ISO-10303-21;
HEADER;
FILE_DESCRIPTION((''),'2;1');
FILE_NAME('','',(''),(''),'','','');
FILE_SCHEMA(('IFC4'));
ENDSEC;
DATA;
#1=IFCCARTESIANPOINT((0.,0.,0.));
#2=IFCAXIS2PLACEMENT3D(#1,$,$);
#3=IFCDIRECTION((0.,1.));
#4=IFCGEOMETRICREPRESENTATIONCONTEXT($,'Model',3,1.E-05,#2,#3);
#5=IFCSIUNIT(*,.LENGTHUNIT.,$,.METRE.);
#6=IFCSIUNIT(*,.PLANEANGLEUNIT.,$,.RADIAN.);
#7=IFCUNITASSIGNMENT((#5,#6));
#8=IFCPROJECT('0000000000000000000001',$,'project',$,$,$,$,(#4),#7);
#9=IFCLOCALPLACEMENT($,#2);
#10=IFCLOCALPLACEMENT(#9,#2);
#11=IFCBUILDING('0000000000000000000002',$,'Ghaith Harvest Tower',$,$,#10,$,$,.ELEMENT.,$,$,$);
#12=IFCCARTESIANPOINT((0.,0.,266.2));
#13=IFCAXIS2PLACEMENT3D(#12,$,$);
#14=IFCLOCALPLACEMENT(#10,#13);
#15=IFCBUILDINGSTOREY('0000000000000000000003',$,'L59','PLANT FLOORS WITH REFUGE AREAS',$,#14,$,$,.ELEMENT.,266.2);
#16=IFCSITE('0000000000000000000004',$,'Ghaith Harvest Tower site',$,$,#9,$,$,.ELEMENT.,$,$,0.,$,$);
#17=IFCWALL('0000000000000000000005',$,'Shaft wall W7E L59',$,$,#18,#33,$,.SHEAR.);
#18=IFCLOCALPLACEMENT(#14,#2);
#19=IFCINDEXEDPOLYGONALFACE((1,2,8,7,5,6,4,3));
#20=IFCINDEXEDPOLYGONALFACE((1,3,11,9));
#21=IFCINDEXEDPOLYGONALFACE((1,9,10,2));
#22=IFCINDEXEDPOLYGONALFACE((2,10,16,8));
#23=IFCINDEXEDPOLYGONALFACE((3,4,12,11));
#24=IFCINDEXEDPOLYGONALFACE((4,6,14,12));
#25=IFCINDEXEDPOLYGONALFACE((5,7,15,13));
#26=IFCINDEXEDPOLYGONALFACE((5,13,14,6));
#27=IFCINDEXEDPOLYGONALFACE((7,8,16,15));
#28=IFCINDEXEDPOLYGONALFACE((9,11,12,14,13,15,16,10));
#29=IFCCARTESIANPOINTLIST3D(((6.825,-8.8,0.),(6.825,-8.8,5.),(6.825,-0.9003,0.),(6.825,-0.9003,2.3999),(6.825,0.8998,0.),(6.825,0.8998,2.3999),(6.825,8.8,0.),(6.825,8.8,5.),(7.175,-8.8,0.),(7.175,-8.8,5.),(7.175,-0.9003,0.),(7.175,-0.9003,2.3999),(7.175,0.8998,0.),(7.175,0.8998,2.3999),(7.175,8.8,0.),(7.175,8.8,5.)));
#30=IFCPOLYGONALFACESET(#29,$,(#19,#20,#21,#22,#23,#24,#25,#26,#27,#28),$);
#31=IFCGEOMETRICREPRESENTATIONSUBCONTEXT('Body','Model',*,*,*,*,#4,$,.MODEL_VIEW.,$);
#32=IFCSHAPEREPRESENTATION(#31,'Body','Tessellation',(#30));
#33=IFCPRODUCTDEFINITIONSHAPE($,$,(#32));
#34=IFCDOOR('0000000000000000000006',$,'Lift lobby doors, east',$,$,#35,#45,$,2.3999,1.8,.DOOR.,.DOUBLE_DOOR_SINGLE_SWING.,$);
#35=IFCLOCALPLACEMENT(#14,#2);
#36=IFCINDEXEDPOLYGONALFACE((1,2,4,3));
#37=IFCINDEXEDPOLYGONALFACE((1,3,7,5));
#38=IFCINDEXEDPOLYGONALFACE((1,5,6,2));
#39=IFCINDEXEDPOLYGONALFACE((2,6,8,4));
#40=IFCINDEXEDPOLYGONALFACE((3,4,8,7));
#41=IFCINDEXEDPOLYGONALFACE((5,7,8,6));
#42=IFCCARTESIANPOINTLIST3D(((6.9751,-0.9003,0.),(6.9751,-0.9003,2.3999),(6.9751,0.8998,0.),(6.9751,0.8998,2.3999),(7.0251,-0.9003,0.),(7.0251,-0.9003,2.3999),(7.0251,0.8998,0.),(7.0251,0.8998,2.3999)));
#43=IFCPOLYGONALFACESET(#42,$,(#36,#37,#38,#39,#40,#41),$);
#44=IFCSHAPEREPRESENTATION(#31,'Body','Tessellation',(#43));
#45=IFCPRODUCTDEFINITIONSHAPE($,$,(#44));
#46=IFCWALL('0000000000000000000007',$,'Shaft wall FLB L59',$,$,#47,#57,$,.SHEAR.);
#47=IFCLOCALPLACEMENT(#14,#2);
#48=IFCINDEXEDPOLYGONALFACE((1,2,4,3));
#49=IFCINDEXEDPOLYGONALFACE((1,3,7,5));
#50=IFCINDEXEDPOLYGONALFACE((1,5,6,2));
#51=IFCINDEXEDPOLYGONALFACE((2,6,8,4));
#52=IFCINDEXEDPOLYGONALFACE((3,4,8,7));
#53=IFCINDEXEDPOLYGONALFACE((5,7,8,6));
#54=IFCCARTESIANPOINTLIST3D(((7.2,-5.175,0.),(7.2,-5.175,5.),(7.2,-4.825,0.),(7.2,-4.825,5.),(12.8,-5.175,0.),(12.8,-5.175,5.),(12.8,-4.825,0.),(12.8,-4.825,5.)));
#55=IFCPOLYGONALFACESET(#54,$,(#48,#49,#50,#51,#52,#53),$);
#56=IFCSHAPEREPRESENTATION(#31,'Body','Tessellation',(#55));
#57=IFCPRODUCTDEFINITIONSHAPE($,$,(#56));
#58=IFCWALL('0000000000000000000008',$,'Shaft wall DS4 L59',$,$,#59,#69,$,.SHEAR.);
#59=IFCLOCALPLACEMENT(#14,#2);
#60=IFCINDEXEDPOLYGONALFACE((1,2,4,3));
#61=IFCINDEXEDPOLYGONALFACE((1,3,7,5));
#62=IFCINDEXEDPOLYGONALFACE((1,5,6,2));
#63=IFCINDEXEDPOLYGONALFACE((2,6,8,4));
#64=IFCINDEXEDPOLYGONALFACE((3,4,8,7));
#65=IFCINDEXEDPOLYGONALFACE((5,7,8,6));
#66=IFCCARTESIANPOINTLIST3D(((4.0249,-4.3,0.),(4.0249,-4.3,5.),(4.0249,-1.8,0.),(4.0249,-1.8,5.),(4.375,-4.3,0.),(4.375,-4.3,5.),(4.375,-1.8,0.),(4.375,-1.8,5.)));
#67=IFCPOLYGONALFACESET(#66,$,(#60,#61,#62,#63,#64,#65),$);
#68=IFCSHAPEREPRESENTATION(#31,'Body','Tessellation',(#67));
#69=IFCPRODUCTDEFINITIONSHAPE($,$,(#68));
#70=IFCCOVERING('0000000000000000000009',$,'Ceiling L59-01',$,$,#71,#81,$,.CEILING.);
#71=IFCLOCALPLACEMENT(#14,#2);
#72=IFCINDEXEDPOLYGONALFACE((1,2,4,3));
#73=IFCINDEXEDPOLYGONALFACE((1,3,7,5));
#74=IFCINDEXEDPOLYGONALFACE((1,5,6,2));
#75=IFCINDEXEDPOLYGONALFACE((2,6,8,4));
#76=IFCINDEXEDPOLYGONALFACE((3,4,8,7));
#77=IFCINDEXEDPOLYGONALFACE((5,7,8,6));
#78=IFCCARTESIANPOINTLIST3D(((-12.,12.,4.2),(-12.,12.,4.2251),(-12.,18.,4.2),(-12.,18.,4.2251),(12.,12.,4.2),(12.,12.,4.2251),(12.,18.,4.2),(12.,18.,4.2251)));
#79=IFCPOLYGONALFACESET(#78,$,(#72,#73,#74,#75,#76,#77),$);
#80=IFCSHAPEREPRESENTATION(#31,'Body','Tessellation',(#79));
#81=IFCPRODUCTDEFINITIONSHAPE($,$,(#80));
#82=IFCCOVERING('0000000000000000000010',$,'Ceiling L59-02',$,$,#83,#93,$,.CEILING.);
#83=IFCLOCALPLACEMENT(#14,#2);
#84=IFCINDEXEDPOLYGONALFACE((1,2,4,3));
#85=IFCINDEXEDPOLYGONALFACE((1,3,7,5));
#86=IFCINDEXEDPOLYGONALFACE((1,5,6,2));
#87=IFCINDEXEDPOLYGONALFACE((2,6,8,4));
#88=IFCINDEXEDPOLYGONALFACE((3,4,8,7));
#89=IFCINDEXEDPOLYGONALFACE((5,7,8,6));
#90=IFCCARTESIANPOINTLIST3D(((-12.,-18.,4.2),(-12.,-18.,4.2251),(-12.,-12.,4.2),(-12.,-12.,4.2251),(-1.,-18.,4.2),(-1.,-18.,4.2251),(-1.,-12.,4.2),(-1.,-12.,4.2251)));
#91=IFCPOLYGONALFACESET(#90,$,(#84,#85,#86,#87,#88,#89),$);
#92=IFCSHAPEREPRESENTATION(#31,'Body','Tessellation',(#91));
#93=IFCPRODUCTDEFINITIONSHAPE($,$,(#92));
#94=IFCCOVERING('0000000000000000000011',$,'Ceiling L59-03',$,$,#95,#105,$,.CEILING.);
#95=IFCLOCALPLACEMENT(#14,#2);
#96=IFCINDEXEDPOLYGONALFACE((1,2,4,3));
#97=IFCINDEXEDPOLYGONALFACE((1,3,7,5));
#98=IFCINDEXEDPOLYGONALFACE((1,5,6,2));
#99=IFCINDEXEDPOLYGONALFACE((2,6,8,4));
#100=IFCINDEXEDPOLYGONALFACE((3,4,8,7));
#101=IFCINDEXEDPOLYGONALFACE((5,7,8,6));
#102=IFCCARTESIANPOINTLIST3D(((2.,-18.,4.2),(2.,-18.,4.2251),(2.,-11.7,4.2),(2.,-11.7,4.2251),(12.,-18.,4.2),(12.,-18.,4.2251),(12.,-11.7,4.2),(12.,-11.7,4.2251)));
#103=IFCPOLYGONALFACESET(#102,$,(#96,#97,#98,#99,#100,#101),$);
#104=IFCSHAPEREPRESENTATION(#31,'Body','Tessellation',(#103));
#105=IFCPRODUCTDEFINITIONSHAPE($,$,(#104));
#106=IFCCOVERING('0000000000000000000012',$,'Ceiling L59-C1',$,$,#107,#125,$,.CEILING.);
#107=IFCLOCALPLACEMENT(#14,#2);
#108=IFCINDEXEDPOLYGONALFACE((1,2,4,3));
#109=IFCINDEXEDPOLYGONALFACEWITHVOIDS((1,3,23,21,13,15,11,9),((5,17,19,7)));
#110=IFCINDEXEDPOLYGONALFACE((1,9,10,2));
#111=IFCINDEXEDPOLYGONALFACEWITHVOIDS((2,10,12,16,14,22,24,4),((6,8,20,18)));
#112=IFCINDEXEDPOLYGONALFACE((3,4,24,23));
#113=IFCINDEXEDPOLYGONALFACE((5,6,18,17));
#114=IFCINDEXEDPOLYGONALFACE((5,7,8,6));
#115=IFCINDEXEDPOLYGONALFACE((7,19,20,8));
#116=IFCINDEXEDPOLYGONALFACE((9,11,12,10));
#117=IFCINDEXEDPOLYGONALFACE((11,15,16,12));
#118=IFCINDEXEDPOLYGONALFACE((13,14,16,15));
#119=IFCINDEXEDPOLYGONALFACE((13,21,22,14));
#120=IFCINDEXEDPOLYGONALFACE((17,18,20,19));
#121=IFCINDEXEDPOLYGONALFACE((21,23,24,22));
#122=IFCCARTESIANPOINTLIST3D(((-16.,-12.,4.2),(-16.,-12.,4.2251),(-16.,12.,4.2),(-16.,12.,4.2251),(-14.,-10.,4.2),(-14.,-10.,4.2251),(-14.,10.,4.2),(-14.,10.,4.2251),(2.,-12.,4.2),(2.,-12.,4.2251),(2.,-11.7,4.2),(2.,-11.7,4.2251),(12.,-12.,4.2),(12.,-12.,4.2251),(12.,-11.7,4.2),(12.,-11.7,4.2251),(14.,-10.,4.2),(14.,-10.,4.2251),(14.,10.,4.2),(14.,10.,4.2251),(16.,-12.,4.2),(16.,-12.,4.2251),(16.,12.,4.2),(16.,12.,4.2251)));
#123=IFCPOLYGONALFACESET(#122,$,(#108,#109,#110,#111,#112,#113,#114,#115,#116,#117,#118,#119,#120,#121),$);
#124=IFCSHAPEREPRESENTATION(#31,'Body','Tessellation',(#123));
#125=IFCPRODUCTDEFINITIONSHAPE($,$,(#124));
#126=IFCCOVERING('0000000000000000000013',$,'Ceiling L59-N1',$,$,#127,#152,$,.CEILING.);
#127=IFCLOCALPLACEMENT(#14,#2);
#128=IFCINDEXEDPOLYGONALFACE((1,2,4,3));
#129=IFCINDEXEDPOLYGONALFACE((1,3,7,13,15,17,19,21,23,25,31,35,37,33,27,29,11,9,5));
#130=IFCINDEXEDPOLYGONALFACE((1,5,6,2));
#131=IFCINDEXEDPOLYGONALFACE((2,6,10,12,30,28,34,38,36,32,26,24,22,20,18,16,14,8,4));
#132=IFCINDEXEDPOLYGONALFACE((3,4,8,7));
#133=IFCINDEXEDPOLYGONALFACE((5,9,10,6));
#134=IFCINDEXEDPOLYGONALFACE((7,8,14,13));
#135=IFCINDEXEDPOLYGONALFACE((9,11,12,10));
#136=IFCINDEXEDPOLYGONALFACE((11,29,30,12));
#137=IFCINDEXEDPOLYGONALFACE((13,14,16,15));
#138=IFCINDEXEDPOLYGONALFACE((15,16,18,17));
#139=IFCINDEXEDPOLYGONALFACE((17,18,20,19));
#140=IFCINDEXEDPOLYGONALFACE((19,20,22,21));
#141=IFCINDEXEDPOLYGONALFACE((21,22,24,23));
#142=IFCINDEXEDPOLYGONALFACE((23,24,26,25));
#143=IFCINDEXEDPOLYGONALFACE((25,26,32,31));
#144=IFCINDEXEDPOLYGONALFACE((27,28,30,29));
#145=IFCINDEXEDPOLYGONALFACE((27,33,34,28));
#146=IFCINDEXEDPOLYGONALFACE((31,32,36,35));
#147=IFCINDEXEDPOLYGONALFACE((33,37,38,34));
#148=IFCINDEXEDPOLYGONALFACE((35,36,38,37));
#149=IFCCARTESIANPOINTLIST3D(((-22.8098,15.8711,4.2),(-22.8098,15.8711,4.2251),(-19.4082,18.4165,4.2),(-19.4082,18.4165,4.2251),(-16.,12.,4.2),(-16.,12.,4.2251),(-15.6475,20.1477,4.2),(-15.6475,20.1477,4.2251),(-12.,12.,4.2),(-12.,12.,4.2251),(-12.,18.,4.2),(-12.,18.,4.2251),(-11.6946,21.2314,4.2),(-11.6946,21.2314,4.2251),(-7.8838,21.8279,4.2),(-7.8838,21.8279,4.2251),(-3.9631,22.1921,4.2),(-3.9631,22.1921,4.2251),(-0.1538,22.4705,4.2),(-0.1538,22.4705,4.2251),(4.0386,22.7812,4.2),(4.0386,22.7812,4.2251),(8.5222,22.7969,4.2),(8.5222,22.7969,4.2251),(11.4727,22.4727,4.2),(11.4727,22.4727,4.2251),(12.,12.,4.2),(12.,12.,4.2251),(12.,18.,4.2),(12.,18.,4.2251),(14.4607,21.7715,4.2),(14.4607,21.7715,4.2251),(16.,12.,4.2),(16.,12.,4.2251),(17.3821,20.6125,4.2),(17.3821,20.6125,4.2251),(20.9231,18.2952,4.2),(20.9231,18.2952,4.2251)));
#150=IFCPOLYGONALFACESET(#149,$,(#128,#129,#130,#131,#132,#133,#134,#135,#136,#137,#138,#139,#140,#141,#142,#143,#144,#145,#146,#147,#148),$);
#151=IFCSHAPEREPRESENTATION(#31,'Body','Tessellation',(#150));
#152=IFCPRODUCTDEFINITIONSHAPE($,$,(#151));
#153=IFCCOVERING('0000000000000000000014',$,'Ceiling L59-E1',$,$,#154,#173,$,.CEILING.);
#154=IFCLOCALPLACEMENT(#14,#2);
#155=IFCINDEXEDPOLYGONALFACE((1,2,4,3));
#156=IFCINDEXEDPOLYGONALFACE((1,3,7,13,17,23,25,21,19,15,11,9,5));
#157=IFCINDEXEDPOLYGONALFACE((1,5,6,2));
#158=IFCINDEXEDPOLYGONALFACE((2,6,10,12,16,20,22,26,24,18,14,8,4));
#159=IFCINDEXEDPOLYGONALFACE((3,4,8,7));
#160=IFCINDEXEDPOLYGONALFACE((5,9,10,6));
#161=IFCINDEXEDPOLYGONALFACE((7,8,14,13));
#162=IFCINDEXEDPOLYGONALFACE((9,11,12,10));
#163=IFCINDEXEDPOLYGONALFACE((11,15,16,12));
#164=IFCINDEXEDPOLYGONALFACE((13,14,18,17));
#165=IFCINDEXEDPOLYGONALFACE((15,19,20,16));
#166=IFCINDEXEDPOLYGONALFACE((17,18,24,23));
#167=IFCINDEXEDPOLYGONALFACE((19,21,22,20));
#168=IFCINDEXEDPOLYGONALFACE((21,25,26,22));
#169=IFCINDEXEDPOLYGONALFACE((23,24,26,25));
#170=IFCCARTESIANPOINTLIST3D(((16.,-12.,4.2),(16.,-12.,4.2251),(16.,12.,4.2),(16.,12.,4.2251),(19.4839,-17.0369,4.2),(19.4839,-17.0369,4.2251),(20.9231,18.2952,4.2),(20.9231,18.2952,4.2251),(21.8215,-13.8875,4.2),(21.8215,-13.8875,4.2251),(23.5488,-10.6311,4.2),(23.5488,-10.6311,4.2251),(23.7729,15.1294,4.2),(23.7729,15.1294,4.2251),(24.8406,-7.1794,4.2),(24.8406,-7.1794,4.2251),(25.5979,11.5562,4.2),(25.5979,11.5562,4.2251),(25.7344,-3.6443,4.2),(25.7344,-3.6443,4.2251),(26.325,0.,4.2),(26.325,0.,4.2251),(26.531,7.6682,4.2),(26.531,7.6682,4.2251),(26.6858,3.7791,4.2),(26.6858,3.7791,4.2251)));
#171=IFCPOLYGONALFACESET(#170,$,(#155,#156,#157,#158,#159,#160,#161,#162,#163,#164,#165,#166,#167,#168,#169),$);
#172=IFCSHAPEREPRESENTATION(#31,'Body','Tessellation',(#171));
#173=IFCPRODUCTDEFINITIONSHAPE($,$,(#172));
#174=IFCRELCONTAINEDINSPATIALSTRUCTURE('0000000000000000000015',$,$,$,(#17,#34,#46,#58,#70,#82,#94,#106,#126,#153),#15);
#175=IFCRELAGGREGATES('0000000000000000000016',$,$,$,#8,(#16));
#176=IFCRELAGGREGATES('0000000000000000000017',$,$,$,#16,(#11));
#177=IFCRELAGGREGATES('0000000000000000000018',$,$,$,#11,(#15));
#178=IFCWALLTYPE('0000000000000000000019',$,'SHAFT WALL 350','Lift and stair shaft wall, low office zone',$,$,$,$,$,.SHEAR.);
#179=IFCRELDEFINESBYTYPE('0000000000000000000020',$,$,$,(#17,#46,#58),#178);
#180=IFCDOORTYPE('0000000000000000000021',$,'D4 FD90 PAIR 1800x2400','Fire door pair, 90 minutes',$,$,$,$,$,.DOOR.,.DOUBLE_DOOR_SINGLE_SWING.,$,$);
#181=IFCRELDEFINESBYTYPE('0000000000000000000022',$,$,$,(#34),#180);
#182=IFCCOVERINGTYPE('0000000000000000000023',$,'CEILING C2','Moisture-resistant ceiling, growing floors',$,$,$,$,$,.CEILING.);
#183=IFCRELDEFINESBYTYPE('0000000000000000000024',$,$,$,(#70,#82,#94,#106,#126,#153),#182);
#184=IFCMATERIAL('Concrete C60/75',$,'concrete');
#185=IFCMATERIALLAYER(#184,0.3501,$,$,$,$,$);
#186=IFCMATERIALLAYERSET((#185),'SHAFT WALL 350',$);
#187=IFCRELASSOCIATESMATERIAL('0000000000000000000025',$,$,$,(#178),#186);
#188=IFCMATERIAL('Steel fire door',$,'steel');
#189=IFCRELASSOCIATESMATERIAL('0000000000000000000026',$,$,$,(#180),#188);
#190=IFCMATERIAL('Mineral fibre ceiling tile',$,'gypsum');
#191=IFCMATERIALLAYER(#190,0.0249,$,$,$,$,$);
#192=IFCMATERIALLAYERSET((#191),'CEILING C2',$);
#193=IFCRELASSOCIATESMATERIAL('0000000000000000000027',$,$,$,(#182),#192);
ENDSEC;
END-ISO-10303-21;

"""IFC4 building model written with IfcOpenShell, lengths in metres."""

from ifc_helpers import new_model, si_unit, direction, frame, frame_2d, origin, place, context, subcontext, project, spatial, polyline, rectangle, outline, extrude, material, layer, layer_set, type_object, element, fill, save


model = new_model("IFC4")

# Units and contexts
model_context = context("Model", 3, precision=1e-05, world=origin(), true_north=direction((0.0, 1.0)))
body_context = subcontext(model_context, "Body", "Model", "MODEL_VIEW")
ifc_project = project(units=[si_unit("LENGTHUNIT", "METRE"), si_unit("PLANEANGLEUNIT", "RADIAN")], contexts=[model_context])

# Site, building, storey
site_placement = place(None, origin())
site = spatial("IfcSite", under=ifc_project, at=site_placement, Name="Ghaith Harvest Tower site", CompositionType="ELEMENT", RefElevation=0.0)
building_placement = place(site_placement, origin())
building = spatial("IfcBuilding", under=site, at=building_placement, Name="Ghaith Harvest Tower", CompositionType="ELEMENT")
storey_placement = place(building_placement, frame((0.0, 0.0, 266.2)))
storey = spatial("IfcBuildingStorey", under=building, at=storey_placement, Name="L59", Description="PLANT FLOORS WITH REFUGE AREAS", CompositionType="ELEMENT", Elevation=266.2)

# Wall, opening, door
ifc_material_1 = material(Name="Concrete C60/75", Category="concrete")
ifc_layer_1 = layer(ifc_material_1, 0.3501)
ifc_layer_set_1 = layer_set([ifc_layer_1], Name="SHAFT WALL 350")
wall_type_1 = type_object("IfcWallType", Name="SHAFT WALL 350", Description="Lift and stair shaft wall, low office zone", PredefinedType="SHEAR", material=ifc_layer_set_1)
wall_1_placement = place(storey_placement, frame((7.0, -8.8, 0.0), z_axis=(0.0, 0.0, 1.0), x_axis=(0.0, 1.0, 0.0)))
wall_1 = element("IfcWall", 1, at=wall_1_placement, inside=storey, type_object=wall_type_1, Name="Shaft wall W7E L59", PredefinedType="SHEAR", context=body_context, shape_type="SweptSolid", body=[
    extrude(rectangle(XDim=17.6001, YDim=0.3501, at=frame_2d((8.8, 0.0))), origin(), (0.0, 0.0, 1.0), 5.0),
])
opening_1_placement = place(wall_1_placement, frame((7.8999, 0.0, 0.0)))
opening_1 = element("IfcOpeningElement", 2, at=opening_1_placement, cuts=wall_1, PredefinedType="OPENING", context=body_context, shape_type="SweptSolid", body=[
    extrude(rectangle(XDim=1.8, YDim=2.3999, at=frame_2d((0.8999, 1.2))), frame((0.0, 0.1851, 0.0), z_axis=(0.0, -1.0, 0.0), x_axis=(1.0, 0.0, 0.0)), (0.0, 0.0, 1.0), 0.3701),
])
ifc_material_2 = material(Name="Steel fire door", Category="steel")
door_type_1 = type_object("IfcDoorType", Name="D4 FD90 PAIR 1800x2400", Description="Fire door pair, 90 minutes", OperationType="DOUBLE_DOOR_SINGLE_SWING", PredefinedType="DOOR", material=ifc_material_2)
door_1_placement = place(opening_1_placement, origin())
door_1 = element("IfcDoor", 3, at=door_1_placement, inside=storey, type_object=door_type_1, Name="Lift lobby doors, east", OperationType="DOUBLE_DOOR_SINGLE_SWING", OverallHeight=2.3999, OverallWidth=1.8, PredefinedType="DOOR", context=body_context, shape_type="SweptSolid", body=[
    extrude(rectangle(XDim=1.8, YDim=2.3999, at=frame_2d((0.8999, 1.2))), frame((0.0, 0.0249, 0.0), z_axis=(0.0, -1.0, 0.0), x_axis=(1.0, 0.0, 0.0)), (0.0, 0.0, 1.0), 0.05),
])
fill(opening_1, door_1)

# Walls
wall_2_placement = place(storey_placement, frame((7.2, -5.0, 0.0), z_axis=(0.0, 0.0, 1.0), x_axis=(1.0, 0.0, 0.0)))
element("IfcWall", 4, at=wall_2_placement, inside=storey, type_object=wall_type_1, Name="Shaft wall FLB L59", PredefinedType="SHEAR", context=body_context, shape_type="SweptSolid", body=[
    extrude(rectangle(XDim=5.6001, YDim=0.3501, at=frame_2d((2.8, 0.0))), origin(), (0.0, 0.0, 1.0), 5.0),
])
wall_3_placement = place(storey_placement, frame((4.2, -4.3, 0.0), z_axis=(0.0, 0.0, 1.0), x_axis=(0.0, 1.0, 0.0)))
element("IfcWall", 5, at=wall_3_placement, inside=storey, type_object=wall_type_1, Name="Shaft wall DS4 L59", PredefinedType="SHEAR", context=body_context, shape_type="SweptSolid", body=[
    extrude(rectangle(XDim=2.5, YDim=0.3501, at=frame_2d((1.25, 0.0))), origin(), (0.0, 0.0, 1.0), 5.0),
])

# Coverings
ifc_material_3 = material(Name="Mineral fibre ceiling tile", Category="gypsum")
ifc_layer_2 = layer(ifc_material_3, 0.0249)
ifc_layer_set_2 = layer_set([ifc_layer_2], Name="CEILING C2")
covering_type = type_object("IfcCoveringType", Name="CEILING C2", Description="Moisture-resistant ceiling, growing floors", PredefinedType="CEILING", material=ifc_layer_set_2)
covering_1_placement = place(storey_placement, frame((0.0, 0.0, 4.2)))
element("IfcCovering", 6, at=covering_1_placement, inside=storey, type_object=covering_type, Name="Ceiling L59-01", PredefinedType="CEILING", context=body_context, shape_type="SweptSolid", body=[
    extrude(outline(polyline([(-12.0, 12.0), (12.0, 12.0), (12.0, 18.0), (-12.0, 18.0), (-12.0, 12.0)])), origin(), (0.0, 0.0, 1.0), 0.0251),
])
covering_2_placement = place(storey_placement, frame((0.0, 0.0, 4.2)))
element("IfcCovering", 7, at=covering_2_placement, inside=storey, type_object=covering_type, Name="Ceiling L59-02", PredefinedType="CEILING", context=body_context, shape_type="SweptSolid", body=[
    extrude(outline(polyline([(-12.0, -18.0), (-1.0, -18.0), (-1.0, -12.0), (-12.0, -12.0), (-12.0, -18.0)])), origin(), (0.0, 0.0, 1.0), 0.0251),
])
covering_3_placement = place(storey_placement, frame((0.0, 0.0, 4.2)))
element("IfcCovering", 8, at=covering_3_placement, inside=storey, type_object=covering_type, Name="Ceiling L59-03", PredefinedType="CEILING", context=body_context, shape_type="SweptSolid", body=[
    extrude(outline(polyline([(2.0, -18.0), (12.0, -18.0), (12.0, -11.7), (2.0, -11.7), (2.0, -18.0)])), origin(), (0.0, 0.0, 1.0), 0.0251),
])
covering_4_placement = place(storey_placement, frame((0.0, 0.0, 4.2)))
element("IfcCovering", 9, at=covering_4_placement, inside=storey, type_object=covering_type, Name="Ceiling L59-C1", PredefinedType="CEILING", context=body_context, shape_type="SweptSolid", body=[
    extrude(outline(polyline([(-16.0, 12.0), (16.0, 12.0), (16.0, -12.0), (12.0, -12.0), (12.0, -11.7), (2.0, -11.7), (2.0, -12.0), (-16.0, -12.0), (-16.0, 12.0)]), holes=[polyline([(14.0, -10.0), (14.0, 10.0), (-14.0, 10.0), (-14.0, -10.0), (14.0, -10.0)])]), origin(), (0.0, 0.0, 1.0), 0.0251),
])
covering_5_placement = place(storey_placement, frame((0.0, 0.0, 4.2)))
element("IfcCovering", 10, at=covering_5_placement, inside=storey, type_object=covering_type, Name="Ceiling L59-N1", PredefinedType="CEILING", context=body_context, shape_type="SweptSolid", body=[
    extrude(outline(polyline([(-19.4082, 18.4165), (-15.6475, 20.1477), (-11.6946, 21.2314), (-7.8838, 21.8279), (-3.9631, 22.1921), (-0.1538, 22.4705), (4.0386, 22.7812), (8.5222, 22.7969), (11.4727, 22.4727), (14.4607, 21.7715), (17.3821, 20.6125), (20.9231, 18.2952), (16.0, 12.0), (12.0, 12.0), (12.0, 18.0), (-12.0, 18.0), (-12.0, 12.0), (-16.0, 12.0), (-22.8098, 15.8711), (-19.4082, 18.4165)])), origin(), (0.0, 0.0, 1.0), 0.0251),
])
covering_6_placement = place(storey_placement, frame((0.0, 0.0, 4.2)))
element("IfcCovering", 11, at=covering_6_placement, inside=storey, type_object=covering_type, Name="Ceiling L59-E1", PredefinedType="CEILING", context=body_context, shape_type="SweptSolid", body=[
    extrude(outline(polyline([(23.7729, 15.1294), (25.5979, 11.5562), (26.531, 7.6682), (26.6858, 3.7791), (26.325, 0.0), (25.7344, -3.6443), (24.8406, -7.1794), (23.5488, -10.6311), (21.8215, -13.8875), (19.4839, -17.0369), (16.0, -12.0), (16.0, 12.0), (20.9231, 18.2952), (23.7729, 15.1294)])), origin(), (0.0, 0.0, 1.0), 0.0251),
])

save(model, "model.ifc")
